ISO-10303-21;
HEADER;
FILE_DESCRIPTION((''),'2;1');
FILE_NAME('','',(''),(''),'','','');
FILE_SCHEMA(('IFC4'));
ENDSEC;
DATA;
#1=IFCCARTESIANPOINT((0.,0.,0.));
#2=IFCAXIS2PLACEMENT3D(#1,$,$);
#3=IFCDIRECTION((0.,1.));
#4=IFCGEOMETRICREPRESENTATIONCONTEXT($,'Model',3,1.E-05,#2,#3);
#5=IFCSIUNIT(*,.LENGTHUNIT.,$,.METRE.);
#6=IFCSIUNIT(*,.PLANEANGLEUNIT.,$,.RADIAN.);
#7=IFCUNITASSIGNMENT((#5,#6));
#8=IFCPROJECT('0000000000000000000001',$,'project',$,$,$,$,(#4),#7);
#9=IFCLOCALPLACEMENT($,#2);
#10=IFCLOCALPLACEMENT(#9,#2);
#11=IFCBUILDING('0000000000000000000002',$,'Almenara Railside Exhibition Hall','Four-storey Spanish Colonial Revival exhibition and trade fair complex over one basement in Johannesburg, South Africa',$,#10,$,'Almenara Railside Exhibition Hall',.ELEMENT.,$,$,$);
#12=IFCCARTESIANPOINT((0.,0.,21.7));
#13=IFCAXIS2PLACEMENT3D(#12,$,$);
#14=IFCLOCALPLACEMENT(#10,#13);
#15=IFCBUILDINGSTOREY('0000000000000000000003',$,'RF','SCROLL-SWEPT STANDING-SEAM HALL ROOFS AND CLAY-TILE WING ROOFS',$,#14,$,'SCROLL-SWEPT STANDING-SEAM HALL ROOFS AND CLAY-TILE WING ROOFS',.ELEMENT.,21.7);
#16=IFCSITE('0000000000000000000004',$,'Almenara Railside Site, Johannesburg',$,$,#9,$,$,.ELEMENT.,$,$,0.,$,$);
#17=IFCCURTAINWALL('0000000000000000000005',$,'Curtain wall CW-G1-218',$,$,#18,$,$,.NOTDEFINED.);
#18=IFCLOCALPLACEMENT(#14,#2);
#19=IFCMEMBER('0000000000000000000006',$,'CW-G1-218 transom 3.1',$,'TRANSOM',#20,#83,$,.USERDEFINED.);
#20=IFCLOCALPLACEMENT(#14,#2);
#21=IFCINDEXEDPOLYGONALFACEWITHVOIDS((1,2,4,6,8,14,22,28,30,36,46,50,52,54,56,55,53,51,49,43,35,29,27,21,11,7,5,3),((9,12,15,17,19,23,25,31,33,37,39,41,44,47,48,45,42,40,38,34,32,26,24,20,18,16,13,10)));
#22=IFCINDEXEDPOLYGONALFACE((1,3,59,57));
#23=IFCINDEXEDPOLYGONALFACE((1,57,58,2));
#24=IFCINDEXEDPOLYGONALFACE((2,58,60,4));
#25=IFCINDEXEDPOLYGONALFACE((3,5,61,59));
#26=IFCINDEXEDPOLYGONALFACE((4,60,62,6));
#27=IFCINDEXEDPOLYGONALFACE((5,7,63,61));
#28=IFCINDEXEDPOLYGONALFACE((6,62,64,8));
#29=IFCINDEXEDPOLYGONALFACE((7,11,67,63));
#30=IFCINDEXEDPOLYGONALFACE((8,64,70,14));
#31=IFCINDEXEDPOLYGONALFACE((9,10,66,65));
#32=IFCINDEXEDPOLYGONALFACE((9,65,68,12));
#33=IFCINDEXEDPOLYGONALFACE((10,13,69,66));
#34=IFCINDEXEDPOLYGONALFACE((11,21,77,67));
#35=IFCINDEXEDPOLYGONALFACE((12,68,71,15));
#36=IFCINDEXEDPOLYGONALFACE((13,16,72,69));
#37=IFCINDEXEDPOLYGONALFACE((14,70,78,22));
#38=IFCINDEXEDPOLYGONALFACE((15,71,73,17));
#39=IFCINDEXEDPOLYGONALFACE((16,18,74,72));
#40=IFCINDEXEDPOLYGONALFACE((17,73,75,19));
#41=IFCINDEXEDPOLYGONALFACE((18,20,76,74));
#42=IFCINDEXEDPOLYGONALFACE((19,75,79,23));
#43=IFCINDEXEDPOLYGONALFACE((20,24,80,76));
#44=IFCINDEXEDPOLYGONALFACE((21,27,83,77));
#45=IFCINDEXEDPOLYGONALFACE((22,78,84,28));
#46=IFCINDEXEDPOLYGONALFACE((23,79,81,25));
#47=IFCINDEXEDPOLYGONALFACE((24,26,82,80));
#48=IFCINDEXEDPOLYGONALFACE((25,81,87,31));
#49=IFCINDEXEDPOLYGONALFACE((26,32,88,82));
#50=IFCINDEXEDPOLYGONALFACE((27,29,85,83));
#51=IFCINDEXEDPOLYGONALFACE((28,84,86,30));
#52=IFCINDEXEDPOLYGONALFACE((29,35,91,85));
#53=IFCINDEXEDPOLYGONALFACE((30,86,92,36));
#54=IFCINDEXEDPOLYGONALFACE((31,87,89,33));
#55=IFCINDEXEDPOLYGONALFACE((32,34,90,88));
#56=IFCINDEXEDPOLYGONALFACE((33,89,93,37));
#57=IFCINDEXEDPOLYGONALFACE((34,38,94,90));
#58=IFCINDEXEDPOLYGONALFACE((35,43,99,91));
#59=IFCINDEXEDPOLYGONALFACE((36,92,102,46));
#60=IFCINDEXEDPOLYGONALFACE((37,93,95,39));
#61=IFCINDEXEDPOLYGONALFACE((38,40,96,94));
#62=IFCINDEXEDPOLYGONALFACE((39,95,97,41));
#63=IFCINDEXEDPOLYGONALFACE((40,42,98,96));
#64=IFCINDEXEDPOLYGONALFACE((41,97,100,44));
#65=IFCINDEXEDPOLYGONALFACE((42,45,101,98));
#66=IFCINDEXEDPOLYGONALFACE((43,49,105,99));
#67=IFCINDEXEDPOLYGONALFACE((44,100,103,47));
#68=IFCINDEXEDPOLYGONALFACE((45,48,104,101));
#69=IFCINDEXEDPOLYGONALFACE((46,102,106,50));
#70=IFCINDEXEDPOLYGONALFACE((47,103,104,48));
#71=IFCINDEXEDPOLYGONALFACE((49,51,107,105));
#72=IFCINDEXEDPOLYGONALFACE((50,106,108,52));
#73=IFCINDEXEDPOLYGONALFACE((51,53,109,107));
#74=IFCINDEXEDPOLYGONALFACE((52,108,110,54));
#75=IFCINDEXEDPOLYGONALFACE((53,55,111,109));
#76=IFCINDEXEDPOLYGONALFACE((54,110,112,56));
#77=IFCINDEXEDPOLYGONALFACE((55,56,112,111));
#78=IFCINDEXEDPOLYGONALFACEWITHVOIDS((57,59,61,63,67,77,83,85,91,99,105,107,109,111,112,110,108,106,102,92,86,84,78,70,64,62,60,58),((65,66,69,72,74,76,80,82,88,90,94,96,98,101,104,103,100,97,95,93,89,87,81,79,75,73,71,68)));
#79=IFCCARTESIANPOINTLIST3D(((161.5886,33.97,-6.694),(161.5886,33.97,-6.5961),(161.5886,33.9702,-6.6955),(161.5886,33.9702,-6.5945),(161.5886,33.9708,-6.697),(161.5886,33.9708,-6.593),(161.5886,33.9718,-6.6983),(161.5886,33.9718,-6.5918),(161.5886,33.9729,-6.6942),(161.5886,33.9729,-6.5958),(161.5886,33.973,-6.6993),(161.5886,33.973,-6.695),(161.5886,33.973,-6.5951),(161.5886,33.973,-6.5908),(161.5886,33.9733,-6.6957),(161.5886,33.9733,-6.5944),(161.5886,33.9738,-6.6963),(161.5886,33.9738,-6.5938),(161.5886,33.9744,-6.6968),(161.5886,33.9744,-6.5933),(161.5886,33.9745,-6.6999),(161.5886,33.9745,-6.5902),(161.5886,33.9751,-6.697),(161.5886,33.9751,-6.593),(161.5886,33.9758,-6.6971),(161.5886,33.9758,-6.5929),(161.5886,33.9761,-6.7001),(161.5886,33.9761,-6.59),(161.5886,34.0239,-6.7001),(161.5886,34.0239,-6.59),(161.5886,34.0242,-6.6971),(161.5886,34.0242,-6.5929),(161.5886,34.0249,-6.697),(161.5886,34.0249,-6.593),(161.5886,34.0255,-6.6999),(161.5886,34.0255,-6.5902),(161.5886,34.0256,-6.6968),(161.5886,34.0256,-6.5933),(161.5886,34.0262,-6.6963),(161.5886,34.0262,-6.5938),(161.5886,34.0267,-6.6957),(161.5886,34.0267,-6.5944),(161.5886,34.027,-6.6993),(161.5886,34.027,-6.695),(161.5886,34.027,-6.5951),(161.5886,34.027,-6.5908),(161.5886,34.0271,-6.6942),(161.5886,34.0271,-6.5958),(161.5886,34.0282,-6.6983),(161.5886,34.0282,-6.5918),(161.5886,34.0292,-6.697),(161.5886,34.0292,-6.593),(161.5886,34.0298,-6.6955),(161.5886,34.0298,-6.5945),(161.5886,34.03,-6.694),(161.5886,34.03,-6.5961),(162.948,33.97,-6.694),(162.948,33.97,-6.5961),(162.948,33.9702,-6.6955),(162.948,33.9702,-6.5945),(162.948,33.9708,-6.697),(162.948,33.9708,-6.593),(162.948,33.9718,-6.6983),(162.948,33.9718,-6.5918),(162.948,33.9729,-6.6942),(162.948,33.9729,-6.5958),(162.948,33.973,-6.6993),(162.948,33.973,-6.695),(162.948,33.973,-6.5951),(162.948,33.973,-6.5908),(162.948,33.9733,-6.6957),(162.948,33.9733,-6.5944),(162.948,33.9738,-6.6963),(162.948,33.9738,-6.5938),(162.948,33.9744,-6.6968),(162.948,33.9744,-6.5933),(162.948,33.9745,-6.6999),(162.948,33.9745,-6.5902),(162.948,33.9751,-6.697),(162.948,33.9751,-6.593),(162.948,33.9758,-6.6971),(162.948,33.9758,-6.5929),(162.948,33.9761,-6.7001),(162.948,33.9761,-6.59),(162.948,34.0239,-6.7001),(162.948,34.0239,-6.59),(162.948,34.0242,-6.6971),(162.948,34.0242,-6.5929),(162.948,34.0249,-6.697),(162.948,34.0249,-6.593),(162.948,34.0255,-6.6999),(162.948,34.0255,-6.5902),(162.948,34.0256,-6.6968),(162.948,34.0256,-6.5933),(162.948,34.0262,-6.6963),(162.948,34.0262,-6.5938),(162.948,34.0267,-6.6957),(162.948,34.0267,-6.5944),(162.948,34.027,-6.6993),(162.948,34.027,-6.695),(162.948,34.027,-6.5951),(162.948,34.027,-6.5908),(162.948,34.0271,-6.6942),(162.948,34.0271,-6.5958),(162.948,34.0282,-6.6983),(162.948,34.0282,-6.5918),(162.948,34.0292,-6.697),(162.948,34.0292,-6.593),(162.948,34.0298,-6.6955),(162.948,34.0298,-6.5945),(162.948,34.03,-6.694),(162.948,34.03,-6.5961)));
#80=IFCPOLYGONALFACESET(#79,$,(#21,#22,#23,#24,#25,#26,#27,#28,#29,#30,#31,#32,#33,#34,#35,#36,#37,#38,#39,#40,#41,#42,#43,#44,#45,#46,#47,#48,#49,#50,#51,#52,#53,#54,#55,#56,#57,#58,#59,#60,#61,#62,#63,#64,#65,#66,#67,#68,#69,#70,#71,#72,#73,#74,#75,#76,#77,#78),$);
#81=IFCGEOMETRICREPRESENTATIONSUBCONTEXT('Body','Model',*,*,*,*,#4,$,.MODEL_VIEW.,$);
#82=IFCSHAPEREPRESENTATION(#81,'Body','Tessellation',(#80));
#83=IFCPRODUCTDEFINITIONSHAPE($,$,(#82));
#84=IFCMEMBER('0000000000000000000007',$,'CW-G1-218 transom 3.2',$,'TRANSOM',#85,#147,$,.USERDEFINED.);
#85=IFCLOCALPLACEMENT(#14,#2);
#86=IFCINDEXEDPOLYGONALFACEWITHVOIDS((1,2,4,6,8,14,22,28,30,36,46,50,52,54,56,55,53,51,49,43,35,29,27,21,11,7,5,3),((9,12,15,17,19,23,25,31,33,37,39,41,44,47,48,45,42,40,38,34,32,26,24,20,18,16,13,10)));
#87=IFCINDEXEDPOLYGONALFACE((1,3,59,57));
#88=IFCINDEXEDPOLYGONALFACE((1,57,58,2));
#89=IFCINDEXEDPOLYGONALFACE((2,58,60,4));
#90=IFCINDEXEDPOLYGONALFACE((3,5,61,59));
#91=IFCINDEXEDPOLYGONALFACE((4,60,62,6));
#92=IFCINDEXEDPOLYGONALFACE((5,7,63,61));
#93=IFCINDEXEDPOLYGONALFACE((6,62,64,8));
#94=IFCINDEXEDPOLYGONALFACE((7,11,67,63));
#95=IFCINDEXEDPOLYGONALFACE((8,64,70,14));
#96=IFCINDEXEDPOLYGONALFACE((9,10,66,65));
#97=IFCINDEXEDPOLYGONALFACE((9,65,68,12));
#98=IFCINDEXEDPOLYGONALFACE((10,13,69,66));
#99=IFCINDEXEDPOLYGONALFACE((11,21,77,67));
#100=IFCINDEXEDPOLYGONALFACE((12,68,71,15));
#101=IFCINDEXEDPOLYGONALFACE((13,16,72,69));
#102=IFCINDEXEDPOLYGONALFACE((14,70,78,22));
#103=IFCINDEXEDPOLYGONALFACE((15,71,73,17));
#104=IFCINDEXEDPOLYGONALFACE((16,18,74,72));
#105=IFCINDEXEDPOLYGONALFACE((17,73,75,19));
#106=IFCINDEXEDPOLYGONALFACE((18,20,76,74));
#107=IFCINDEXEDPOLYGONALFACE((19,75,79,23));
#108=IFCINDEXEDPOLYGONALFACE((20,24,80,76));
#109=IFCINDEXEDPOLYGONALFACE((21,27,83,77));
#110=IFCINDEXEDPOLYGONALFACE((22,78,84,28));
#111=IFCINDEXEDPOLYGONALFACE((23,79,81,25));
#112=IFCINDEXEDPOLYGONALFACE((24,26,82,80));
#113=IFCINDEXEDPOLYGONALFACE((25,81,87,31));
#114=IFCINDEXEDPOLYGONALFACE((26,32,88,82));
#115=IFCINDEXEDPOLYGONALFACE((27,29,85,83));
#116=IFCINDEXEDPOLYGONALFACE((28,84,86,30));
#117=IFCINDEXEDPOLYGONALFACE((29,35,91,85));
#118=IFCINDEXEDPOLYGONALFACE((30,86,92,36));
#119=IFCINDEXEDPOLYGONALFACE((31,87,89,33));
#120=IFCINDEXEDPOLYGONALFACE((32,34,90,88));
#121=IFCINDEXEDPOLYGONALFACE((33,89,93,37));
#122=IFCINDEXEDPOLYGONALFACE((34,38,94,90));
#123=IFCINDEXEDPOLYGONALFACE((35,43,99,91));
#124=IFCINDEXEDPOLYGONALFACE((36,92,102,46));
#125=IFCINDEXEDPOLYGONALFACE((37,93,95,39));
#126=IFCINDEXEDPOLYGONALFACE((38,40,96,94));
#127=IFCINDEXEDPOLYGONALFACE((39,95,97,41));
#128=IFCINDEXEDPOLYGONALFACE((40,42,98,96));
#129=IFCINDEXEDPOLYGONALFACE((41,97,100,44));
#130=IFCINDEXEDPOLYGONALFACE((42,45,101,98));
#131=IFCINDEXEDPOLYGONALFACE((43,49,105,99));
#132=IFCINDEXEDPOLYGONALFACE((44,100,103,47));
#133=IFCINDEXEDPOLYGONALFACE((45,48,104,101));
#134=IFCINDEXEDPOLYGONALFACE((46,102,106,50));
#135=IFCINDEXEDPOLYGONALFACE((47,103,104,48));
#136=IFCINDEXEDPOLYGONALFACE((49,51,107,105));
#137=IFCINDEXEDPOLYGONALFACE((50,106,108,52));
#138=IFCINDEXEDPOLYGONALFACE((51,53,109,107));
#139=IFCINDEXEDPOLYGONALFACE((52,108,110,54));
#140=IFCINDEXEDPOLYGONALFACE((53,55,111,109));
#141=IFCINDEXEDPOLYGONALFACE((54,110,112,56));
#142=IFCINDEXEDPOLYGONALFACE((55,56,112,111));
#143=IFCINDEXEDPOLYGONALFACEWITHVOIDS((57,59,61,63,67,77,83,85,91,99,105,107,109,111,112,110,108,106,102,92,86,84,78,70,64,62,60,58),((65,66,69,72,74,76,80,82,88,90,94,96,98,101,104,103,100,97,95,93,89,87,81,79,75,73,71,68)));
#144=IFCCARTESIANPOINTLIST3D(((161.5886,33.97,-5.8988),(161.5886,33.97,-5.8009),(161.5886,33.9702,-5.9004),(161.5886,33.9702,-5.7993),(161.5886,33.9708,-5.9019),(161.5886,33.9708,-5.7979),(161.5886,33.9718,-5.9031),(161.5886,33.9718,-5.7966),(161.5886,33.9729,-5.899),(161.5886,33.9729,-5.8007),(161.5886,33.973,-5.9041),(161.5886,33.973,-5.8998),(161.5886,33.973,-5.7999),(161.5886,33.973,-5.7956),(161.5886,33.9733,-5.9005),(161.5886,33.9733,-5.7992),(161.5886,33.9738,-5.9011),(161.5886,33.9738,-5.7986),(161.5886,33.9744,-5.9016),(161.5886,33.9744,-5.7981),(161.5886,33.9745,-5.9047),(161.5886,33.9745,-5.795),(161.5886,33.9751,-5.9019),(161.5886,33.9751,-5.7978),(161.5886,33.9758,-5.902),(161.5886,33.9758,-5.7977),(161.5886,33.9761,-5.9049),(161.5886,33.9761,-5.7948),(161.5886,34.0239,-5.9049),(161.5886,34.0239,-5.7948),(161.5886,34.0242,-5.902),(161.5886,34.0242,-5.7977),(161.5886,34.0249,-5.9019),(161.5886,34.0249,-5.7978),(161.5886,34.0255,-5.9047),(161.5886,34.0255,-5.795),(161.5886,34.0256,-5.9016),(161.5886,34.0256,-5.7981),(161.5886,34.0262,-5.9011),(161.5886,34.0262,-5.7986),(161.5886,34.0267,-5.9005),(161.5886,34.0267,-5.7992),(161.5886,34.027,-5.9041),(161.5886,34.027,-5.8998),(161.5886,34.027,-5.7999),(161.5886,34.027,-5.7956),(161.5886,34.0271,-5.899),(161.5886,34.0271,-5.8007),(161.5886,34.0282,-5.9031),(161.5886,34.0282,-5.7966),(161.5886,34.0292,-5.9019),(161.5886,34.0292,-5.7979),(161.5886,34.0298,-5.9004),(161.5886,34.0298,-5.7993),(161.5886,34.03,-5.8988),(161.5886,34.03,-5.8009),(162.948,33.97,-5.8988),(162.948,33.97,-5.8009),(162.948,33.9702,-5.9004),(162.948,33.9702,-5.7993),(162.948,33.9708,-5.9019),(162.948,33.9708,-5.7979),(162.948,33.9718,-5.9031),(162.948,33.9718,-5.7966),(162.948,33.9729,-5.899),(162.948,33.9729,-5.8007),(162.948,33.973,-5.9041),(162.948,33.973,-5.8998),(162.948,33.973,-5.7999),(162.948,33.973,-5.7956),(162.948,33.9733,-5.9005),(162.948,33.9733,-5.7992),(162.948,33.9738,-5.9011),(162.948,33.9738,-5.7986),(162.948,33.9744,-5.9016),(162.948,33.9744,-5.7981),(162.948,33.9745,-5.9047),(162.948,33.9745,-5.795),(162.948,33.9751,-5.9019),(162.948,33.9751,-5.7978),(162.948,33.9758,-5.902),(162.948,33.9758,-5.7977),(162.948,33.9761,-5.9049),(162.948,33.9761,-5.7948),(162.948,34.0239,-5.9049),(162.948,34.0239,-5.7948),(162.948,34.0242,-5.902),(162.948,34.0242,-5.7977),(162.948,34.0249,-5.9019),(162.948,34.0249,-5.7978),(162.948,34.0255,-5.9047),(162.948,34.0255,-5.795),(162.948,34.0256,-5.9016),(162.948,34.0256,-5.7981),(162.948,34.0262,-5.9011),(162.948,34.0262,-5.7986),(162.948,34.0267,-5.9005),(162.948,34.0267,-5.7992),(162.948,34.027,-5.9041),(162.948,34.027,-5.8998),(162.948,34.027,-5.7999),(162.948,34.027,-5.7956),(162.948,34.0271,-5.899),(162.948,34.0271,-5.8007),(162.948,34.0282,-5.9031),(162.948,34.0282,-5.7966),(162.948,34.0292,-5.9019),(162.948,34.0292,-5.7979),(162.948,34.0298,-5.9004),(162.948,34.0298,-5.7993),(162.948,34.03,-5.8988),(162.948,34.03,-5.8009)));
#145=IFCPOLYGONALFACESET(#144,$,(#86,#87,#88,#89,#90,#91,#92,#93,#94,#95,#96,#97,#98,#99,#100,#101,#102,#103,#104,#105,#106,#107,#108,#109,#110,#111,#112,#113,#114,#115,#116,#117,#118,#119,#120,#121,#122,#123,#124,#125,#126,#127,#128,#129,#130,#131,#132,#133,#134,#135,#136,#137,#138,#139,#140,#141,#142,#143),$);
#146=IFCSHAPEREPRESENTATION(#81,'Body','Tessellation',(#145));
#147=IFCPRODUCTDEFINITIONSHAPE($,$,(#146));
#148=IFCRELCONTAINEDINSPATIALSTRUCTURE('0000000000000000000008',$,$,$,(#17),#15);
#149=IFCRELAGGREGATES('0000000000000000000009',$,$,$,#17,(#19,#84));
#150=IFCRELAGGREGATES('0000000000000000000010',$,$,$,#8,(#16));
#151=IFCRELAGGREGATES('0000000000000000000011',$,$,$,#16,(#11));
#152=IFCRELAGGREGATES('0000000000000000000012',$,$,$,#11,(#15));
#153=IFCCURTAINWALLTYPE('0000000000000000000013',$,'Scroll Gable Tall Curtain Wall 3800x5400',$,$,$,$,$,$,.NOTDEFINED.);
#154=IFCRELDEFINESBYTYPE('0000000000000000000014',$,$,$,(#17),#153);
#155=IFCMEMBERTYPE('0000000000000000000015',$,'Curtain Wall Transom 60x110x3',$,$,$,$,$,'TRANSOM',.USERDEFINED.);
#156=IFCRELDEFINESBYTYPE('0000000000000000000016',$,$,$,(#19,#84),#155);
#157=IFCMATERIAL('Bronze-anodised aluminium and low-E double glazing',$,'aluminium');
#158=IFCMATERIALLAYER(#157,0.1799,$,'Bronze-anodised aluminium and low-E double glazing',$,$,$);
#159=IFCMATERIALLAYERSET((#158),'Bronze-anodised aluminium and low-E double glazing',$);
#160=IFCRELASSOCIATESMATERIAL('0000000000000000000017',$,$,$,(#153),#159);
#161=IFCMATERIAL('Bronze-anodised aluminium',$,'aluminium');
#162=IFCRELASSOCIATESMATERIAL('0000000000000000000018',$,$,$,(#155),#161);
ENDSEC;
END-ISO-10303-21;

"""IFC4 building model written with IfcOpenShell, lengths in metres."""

from ifc_helpers import new_model, si_unit, direction, frame, origin, origin_2d, place, context, subcontext, project, spatial, hollow_rectangle, extrude, material, layer, layer_set, material_profile, profile_set, type_object, element, aggregate, save


model = new_model("IFC4")

# Units and contexts
model_context = context("Model", 3, precision=1e-05, world=origin(), true_north=direction((0.0, 1.0)))
body_context = subcontext(model_context, "Body", "Model", "MODEL_VIEW")
ifc_project = project(units=[si_unit("LENGTHUNIT", "METRE"), si_unit("PLANEANGLEUNIT", "RADIAN")], contexts=[model_context])

# Site, building, storey
site_placement = place(None, origin())
site = spatial("IfcSite", under=ifc_project, at=site_placement, Name="Almenara Railside Site, Johannesburg", CompositionType="ELEMENT", RefElevation=0.0)
building_placement = place(site_placement, origin())
building = spatial("IfcBuilding", under=site, at=building_placement, Name="Almenara Railside Exhibition Hall", Description="Four-storey Spanish Colonial Revival exhibition and trade fair complex over one basement in Johannesburg, South Africa", LongName="Almenara Railside Exhibition Hall", CompositionType="ELEMENT")
storey_placement = place(building_placement, frame((0.0, 0.0, 21.7)))
storey = spatial("IfcBuildingStorey", under=building, at=storey_placement, Name="RF", Description="SCROLL-SWEPT STANDING-SEAM HALL ROOFS AND CLAY-TILE WING ROOFS", LongName="SCROLL-SWEPT STANDING-SEAM HALL ROOFS AND CLAY-TILE WING ROOFS", CompositionType="ELEMENT", Elevation=21.7)

# Curtain wall
ifc_material_1 = material(Name="Bronze-anodised aluminium and low-E double glazing", Category="aluminium")
ifc_layer_1 = layer(ifc_material_1, 0.1799, Name="Bronze-anodised aluminium and low-E double glazing")
ifc_layer_set_1 = layer_set([ifc_layer_1], Name="Bronze-anodised aluminium and low-E double glazing")
curtain_wall_type = type_object("IfcCurtainWallType", Name="Scroll Gable Tall Curtain Wall 3800x5400", PredefinedType="NOTDEFINED", material=ifc_layer_set_1)
ifc_material_2 = material(Name="Bronze-anodised aluminium", Category="aluminium")
curtain_wall_1_placement = place(storey_placement, origin())
curtain_wall_1 = element("IfcCurtainWall", 1, at=curtain_wall_1_placement, inside=storey, type_object=curtain_wall_type, Name="Curtain wall CW-G1-218", PredefinedType="NOTDEFINED")

# Members
ifc_material_profile_1 = material_profile(ifc_material_2, hollow_rectangle(XDim=0.0601, YDim=0.1101, WallThickness=0.0029, InnerFilletRadius=0.0029, OuterFilletRadius=0.0061, at=origin_2d()), Name="ALU-TRN 60x110x3")
ifc_profile_set_1 = profile_set([ifc_material_profile_1], Name="Bronze-anodised aluminium")
member_type_1 = type_object("IfcMemberType", Name="Curtain Wall Transom 60x110x3", ElementType="TRANSOM", PredefinedType="USERDEFINED", material=ifc_profile_set_1)
member_1_placement = place(storey_placement, frame((161.5886, 34.0, -6.645), z_axis=(1.0, 0.0, 0.0), x_axis=(0.0, 1.0, 0.0)))
member_1 = element("IfcMember", 2, at=member_1_placement, type_object=member_type_1, Name="CW-G1-218 transom 3.1", ObjectType="TRANSOM", PredefinedType="USERDEFINED", context=body_context, shape_type="SweptSolid", body=[
    extrude(hollow_rectangle(XDim=0.0601, YDim=0.1101, WallThickness=0.0029, InnerFilletRadius=0.0029, OuterFilletRadius=0.0061, at=origin_2d()), origin(), (0.0, 0.0, 1.0), 1.3594),
])
member_2_placement = place(storey_placement, frame((161.5886, 34.0, -5.8499), z_axis=(1.0, 0.0, 0.0), x_axis=(0.0, 1.0, 0.0)))
member_2 = element("IfcMember", 3, at=member_2_placement, type_object=member_type_1, Name="CW-G1-218 transom 3.2", ObjectType="TRANSOM", PredefinedType="USERDEFINED", context=body_context, shape_type="SweptSolid", body=[
    extrude(hollow_rectangle(XDim=0.0601, YDim=0.1101, WallThickness=0.0029, InnerFilletRadius=0.0029, OuterFilletRadius=0.0061, at=origin_2d()), origin(), (0.0, 0.0, 1.0), 1.3594),
])

aggregate(curtain_wall_1, [member_1, member_2])

save(model, "model.ifc")
